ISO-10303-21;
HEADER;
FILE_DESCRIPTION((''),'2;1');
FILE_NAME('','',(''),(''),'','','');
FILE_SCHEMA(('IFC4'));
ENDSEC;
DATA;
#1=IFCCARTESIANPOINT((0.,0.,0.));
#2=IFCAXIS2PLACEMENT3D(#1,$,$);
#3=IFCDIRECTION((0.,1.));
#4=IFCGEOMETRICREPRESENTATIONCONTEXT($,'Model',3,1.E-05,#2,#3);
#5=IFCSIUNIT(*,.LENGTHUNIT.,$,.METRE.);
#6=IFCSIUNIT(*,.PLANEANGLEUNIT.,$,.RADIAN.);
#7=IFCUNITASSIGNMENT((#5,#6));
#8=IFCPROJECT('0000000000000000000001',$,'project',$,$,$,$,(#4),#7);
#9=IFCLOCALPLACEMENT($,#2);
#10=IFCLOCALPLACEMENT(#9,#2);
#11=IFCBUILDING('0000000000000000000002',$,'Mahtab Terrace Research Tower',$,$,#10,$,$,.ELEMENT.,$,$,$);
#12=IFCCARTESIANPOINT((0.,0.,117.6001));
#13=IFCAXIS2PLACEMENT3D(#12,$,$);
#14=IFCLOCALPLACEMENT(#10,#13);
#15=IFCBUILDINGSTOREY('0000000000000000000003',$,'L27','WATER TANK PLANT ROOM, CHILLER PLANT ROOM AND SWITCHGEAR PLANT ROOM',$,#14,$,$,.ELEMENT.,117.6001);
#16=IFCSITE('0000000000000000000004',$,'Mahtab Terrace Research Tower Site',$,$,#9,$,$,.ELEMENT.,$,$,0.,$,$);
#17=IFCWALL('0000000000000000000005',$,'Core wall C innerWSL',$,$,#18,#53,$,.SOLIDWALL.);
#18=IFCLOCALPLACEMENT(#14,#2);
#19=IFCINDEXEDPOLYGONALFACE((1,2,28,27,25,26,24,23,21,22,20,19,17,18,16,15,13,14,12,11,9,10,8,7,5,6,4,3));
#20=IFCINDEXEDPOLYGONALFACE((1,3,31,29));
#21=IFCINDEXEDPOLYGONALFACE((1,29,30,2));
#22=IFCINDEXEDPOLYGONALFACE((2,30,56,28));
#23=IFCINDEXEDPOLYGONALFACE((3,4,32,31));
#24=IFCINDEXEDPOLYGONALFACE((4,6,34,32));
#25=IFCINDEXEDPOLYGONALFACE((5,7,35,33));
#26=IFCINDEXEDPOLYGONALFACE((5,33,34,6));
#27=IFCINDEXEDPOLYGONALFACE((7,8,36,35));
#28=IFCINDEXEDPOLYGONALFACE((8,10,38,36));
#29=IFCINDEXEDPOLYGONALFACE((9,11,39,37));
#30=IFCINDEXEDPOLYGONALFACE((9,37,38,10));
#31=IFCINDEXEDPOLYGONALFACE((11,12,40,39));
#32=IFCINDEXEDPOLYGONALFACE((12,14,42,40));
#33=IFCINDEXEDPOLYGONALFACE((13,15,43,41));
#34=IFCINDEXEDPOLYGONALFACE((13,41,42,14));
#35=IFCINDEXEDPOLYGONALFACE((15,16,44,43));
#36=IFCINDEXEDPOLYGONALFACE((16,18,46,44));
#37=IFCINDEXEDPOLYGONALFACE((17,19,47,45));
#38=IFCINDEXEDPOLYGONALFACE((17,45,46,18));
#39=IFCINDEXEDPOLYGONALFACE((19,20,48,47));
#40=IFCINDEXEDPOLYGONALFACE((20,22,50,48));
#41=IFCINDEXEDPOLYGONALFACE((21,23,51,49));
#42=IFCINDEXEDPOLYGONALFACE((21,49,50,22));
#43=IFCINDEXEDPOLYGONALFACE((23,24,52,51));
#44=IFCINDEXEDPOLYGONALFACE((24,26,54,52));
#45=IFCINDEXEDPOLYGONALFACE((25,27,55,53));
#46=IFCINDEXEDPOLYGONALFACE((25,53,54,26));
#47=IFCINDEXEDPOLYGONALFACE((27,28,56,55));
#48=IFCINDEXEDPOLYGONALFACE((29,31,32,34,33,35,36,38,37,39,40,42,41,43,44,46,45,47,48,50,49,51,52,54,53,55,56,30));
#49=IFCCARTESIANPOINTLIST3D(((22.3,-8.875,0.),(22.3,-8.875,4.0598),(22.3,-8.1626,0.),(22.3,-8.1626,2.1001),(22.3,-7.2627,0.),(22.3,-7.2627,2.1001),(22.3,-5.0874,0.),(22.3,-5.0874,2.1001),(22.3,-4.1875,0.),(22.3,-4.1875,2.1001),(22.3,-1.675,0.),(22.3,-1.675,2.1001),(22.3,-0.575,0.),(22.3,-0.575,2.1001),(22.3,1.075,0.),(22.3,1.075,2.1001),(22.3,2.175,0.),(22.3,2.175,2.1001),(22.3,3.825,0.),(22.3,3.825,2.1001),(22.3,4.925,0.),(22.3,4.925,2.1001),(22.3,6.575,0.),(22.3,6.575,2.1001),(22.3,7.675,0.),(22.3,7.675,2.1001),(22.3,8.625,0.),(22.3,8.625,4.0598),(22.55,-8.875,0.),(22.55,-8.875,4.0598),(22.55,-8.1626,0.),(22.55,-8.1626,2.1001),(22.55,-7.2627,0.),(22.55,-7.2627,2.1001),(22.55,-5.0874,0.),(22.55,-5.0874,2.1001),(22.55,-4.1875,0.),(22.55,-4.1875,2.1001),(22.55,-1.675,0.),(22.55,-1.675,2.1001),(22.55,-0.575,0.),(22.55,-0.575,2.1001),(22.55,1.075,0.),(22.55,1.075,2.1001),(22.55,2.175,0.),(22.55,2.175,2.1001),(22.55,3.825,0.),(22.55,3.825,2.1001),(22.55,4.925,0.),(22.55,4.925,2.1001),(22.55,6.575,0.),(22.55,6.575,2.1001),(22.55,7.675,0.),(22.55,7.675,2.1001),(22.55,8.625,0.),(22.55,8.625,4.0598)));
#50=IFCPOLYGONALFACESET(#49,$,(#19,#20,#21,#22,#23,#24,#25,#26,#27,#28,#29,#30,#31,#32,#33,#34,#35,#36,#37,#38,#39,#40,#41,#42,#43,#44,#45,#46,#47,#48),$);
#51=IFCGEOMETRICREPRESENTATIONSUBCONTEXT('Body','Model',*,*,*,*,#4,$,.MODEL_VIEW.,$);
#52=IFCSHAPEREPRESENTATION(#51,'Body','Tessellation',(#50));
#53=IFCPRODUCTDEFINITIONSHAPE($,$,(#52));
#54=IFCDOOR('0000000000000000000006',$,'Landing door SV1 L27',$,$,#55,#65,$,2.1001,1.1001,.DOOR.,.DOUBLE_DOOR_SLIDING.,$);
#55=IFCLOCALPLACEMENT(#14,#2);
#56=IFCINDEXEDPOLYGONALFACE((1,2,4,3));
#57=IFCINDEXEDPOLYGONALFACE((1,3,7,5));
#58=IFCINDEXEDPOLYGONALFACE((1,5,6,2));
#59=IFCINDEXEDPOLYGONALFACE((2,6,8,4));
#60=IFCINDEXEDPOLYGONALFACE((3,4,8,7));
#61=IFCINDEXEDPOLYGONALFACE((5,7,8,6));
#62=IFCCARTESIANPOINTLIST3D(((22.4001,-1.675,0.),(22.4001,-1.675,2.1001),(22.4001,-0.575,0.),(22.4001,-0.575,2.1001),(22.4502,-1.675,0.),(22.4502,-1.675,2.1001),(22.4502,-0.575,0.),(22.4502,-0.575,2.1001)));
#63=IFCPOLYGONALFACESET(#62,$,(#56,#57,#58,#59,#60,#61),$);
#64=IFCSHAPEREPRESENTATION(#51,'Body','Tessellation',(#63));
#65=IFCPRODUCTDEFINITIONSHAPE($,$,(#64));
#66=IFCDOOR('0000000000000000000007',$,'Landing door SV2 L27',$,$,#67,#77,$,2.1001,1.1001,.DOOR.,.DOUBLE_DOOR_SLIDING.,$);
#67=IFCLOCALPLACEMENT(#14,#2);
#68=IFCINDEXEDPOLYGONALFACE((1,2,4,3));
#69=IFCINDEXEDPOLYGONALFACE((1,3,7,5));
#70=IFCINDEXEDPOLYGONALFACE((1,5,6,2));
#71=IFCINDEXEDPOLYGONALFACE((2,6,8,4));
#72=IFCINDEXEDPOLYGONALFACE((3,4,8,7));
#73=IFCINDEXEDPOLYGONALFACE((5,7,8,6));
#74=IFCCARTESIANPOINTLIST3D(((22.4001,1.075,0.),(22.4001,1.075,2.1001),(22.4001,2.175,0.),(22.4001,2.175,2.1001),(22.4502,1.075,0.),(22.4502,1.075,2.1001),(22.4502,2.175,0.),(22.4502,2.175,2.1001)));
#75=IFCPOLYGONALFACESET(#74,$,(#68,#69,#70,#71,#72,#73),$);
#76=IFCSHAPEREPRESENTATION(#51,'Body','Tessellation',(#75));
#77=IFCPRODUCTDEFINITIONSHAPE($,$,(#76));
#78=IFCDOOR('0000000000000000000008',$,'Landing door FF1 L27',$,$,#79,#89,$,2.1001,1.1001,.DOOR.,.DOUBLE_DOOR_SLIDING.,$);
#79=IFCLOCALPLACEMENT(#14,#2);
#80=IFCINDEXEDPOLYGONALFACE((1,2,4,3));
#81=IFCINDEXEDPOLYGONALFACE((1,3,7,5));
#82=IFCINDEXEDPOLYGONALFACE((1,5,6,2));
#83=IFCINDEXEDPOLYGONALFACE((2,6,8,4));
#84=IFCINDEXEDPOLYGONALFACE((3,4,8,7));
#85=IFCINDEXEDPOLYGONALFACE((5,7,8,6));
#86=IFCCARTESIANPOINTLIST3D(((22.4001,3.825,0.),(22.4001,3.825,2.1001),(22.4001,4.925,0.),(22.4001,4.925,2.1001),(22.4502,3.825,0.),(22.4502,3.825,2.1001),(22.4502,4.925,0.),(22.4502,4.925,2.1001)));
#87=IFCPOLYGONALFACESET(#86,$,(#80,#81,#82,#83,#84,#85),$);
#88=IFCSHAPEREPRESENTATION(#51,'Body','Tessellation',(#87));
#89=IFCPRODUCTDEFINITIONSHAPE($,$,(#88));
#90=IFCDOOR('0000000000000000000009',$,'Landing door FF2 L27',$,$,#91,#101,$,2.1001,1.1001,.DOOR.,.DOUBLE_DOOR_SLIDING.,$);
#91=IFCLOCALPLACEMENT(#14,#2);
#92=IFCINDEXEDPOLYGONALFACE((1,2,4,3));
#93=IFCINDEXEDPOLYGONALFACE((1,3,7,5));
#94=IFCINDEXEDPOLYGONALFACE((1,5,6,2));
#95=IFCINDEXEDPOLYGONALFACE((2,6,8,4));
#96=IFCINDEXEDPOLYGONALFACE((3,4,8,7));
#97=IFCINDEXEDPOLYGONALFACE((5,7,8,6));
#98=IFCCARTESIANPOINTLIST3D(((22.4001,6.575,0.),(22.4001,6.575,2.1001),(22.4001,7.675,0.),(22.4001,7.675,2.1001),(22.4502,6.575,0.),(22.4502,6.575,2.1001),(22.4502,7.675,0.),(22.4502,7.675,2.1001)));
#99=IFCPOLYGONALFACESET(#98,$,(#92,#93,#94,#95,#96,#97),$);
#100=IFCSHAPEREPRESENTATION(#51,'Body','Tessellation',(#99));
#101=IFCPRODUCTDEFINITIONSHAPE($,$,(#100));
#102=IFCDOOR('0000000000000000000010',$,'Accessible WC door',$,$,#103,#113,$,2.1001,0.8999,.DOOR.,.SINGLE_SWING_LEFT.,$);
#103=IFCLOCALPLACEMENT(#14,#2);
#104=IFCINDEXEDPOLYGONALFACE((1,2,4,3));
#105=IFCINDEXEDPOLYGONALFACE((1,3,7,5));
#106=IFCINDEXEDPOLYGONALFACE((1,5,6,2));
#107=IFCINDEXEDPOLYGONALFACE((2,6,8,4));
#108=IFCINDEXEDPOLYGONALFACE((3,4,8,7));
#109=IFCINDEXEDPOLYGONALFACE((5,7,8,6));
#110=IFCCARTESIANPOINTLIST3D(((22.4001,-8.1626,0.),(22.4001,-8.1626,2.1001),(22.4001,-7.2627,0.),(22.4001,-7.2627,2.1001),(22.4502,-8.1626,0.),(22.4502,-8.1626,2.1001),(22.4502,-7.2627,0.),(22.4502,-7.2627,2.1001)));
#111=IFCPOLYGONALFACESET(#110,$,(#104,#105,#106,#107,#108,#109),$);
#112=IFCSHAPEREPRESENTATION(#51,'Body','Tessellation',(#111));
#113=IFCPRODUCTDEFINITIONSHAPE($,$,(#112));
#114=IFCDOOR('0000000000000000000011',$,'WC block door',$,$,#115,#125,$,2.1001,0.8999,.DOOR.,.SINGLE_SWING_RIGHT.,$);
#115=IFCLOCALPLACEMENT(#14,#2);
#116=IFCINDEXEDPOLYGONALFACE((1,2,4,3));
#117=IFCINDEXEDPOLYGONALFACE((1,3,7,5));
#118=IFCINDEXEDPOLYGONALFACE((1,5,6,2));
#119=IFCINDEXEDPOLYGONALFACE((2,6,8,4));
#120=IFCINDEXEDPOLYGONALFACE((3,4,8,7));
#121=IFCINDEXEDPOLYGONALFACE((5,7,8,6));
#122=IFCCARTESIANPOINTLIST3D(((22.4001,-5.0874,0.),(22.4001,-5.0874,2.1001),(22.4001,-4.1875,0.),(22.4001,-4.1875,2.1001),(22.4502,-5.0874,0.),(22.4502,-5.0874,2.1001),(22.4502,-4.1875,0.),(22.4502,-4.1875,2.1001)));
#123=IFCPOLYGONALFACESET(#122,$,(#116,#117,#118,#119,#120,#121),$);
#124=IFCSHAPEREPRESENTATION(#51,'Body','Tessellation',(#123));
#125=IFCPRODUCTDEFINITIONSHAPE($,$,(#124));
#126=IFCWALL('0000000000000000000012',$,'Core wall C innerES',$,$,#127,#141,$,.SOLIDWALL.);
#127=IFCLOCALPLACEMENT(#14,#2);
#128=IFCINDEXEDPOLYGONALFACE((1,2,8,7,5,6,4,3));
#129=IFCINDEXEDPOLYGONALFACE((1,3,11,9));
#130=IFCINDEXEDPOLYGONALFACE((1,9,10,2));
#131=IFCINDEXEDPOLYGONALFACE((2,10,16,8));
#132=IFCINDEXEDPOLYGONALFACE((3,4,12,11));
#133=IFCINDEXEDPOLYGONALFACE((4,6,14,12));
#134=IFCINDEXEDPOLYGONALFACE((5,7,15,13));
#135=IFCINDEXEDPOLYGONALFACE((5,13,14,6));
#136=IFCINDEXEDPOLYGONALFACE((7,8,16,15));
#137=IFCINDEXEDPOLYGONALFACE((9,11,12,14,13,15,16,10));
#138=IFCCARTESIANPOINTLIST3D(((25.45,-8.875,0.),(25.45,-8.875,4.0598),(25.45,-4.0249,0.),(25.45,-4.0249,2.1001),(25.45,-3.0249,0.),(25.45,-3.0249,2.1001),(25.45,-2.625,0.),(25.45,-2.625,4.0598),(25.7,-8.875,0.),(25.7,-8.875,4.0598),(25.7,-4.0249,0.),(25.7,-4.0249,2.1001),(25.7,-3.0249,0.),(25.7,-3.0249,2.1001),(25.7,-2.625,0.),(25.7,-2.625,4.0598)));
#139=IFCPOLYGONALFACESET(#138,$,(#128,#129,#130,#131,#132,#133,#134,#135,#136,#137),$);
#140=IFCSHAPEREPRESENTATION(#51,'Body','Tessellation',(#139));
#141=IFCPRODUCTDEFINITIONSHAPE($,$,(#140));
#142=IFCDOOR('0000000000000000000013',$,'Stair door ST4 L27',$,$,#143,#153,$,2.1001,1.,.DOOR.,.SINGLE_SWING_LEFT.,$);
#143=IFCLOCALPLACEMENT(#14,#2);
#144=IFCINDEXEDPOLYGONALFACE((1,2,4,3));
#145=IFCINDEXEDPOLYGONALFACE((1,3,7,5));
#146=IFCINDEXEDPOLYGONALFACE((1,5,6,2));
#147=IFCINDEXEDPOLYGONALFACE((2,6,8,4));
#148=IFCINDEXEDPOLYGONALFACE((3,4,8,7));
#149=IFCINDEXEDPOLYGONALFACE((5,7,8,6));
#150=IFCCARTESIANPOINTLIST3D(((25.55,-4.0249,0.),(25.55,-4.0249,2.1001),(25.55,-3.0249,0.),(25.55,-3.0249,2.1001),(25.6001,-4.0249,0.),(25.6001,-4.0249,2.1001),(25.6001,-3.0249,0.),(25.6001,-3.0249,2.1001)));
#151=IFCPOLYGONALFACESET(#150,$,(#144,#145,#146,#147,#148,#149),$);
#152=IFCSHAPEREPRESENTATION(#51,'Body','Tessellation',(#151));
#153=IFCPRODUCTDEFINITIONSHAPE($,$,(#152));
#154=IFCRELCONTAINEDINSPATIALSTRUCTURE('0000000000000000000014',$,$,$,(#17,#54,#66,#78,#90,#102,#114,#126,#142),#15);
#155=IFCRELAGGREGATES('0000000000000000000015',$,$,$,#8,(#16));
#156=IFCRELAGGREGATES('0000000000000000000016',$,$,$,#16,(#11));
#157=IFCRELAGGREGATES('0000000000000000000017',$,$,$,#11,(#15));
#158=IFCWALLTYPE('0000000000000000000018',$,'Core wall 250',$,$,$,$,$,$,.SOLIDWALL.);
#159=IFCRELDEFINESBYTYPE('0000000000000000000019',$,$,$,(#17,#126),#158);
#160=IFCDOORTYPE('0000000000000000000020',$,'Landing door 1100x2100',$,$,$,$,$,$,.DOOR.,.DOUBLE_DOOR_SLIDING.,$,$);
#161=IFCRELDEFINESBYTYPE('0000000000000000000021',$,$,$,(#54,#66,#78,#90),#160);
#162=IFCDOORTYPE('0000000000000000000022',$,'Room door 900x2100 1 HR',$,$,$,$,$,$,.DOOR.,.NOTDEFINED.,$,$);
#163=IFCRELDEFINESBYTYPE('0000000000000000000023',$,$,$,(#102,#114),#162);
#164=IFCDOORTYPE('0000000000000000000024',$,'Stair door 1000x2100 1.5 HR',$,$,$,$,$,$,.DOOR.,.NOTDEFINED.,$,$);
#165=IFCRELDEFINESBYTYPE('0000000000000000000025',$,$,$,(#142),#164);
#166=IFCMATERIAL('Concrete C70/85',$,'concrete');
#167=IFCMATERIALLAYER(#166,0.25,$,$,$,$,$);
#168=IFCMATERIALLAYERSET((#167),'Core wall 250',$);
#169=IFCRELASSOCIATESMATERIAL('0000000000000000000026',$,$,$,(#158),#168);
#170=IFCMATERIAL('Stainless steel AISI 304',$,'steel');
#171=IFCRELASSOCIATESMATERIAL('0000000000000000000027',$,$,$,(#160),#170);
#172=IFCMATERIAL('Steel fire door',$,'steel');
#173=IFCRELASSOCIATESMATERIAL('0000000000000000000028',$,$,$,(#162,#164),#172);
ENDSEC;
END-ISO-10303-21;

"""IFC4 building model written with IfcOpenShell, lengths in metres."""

from ifc_helpers import new_model, si_unit, direction, frame, frame_2d, origin, place, context, subcontext, project, spatial, rectangle, extrude, material, layer, layer_set, type_object, element, fill, save


model = new_model("IFC4")

# Units and contexts
model_context = context("Model", 3, precision=1e-05, world=origin(), true_north=direction((0.0, 1.0)))
body_context = subcontext(model_context, "Body", "Model", "MODEL_VIEW")
ifc_project = project(units=[si_unit("LENGTHUNIT", "METRE"), si_unit("PLANEANGLEUNIT", "RADIAN")], contexts=[model_context])

# Site, building, storey
site_placement = place(None, origin())
site = spatial("IfcSite", under=ifc_project, at=site_placement, Name="Mahtab Terrace Research Tower Site", CompositionType="ELEMENT", RefElevation=0.0)
building_placement = place(site_placement, origin())
building = spatial("IfcBuilding", under=site, at=building_placement, Name="Mahtab Terrace Research Tower", CompositionType="ELEMENT")
storey_placement = place(building_placement, frame((0.0, 0.0, 117.6001)))
storey = spatial("IfcBuildingStorey", under=building, at=storey_placement, Name="L27", Description="WATER TANK PLANT ROOM, CHILLER PLANT ROOM AND SWITCHGEAR PLANT ROOM", CompositionType="ELEMENT", Elevation=117.6001)

# Shared definitions
ifc_material_1 = material(Name="Concrete C70/85", Category="concrete")

# Wall, openings, doors
ifc_layer_1 = layer(ifc_material_1, 0.25)
ifc_layer_set_1 = layer_set([ifc_layer_1], Name="Core wall 250")
wall_type_1 = type_object("IfcWallType", Name="Core wall 250", PredefinedType="SOLIDWALL", material=ifc_layer_set_1)
wall_1_placement = place(storey_placement, frame((22.425, -8.875, 0.0), z_axis=(0.0, 0.0, 1.0), x_axis=(0.0, 1.0, 0.0)))
wall_1 = element("IfcWall", 1, at=wall_1_placement, inside=storey, type_object=wall_type_1, Name="Core wall C innerWSL", PredefinedType="SOLIDWALL", context=body_context, shape_type="SweptSolid", body=[
    extrude(rectangle(XDim=17.5, YDim=0.25, at=frame_2d((8.75, 0.0))), origin(), (0.0, 0.0, 1.0), 4.0598),
])
opening_1_placement = place(wall_1_placement, frame((7.2, 0.0, 0.0)))
opening_1 = element("IfcOpeningElement", 2, at=opening_1_placement, cuts=wall_1, PredefinedType="OPENING", context=body_context, shape_type="SweptSolid", body=[
    extrude(rectangle(XDim=1.1001, YDim=2.1001, at=frame_2d((0.55, 1.05))), frame((0.0, 0.135, 0.0), z_axis=(0.0, -1.0, 0.0), x_axis=(1.0, 0.0, 0.0)), (0.0, 0.0, 1.0), 0.27),
])
opening_2_placement = place(wall_1_placement, frame((9.95, 0.0, 0.0)))
opening_2 = element("IfcOpeningElement", 3, at=opening_2_placement, cuts=wall_1, PredefinedType="OPENING", context=body_context, shape_type="SweptSolid", body=[
    extrude(rectangle(XDim=1.1001, YDim=2.1001, at=frame_2d((0.55, 1.05))), frame((0.0, 0.135, 0.0), z_axis=(0.0, -1.0, 0.0), x_axis=(1.0, 0.0, 0.0)), (0.0, 0.0, 1.0), 0.27),
])
opening_3_placement = place(wall_1_placement, frame((12.7, 0.0, 0.0)))
opening_3 = element("IfcOpeningElement", 4, at=opening_3_placement, cuts=wall_1, PredefinedType="OPENING", context=body_context, shape_type="SweptSolid", body=[
    extrude(rectangle(XDim=1.1001, YDim=2.1001, at=frame_2d((0.55, 1.05))), frame((0.0, 0.135, 0.0), z_axis=(0.0, -1.0, 0.0), x_axis=(1.0, 0.0, 0.0)), (0.0, 0.0, 1.0), 0.27),
])
opening_4_placement = place(wall_1_placement, frame((15.45, 0.0, 0.0)))
opening_4 = element("IfcOpeningElement", 5, at=opening_4_placement, cuts=wall_1, PredefinedType="OPENING", context=body_context, shape_type="SweptSolid", body=[
    extrude(rectangle(XDim=1.1001, YDim=2.1001, at=frame_2d((0.55, 1.05))), frame((0.0, 0.135, 0.0), z_axis=(0.0, -1.0, 0.0), x_axis=(1.0, 0.0, 0.0)), (0.0, 0.0, 1.0), 0.27),
])
opening_5_placement = place(wall_1_placement, frame((0.7124, 0.0, 0.0)))
opening_5 = element("IfcOpeningElement", 6, at=opening_5_placement, cuts=wall_1, PredefinedType="OPENING", context=body_context, shape_type="SweptSolid", body=[
    extrude(rectangle(XDim=0.8999, YDim=2.1001, at=frame_2d((0.45, 1.05))), frame((0.0, 0.135, 0.0), z_axis=(0.0, -1.0, 0.0), x_axis=(1.0, 0.0, 0.0)), (0.0, 0.0, 1.0), 0.27),
])
opening_6_placement = place(wall_1_placement, frame((3.7876, 0.0, 0.0)))
opening_6 = element("IfcOpeningElement", 7, at=opening_6_placement, cuts=wall_1, PredefinedType="OPENING", context=body_context, shape_type="SweptSolid", body=[
    extrude(rectangle(XDim=0.8999, YDim=2.1001, at=frame_2d((0.45, 1.05))), frame((0.0, 0.135, 0.0), z_axis=(0.0, -1.0, 0.0), x_axis=(1.0, 0.0, 0.0)), (0.0, 0.0, 1.0), 0.27),
])
ifc_material_2 = material(Name="Stainless steel AISI 304", Category="steel")
door_type_1 = type_object("IfcDoorType", Name="Landing door 1100x2100", OperationType="DOUBLE_DOOR_SLIDING", PredefinedType="DOOR", material=ifc_material_2)
door_1_placement = place(opening_1_placement, origin())
door_1 = element("IfcDoor", 8, at=door_1_placement, inside=storey, type_object=door_type_1, Name="Landing door SV1 L27", OperationType="DOUBLE_DOOR_SLIDING", OverallHeight=2.1001, OverallWidth=1.1001, PredefinedType="DOOR", context=body_context, shape_type="SweptSolid", body=[
    extrude(rectangle(XDim=1.1001, YDim=2.1001, at=frame_2d((0.55, 1.05))), frame((0.0, 0.0249, 0.0), z_axis=(0.0, -1.0, 0.0), x_axis=(1.0, 0.0, 0.0)), (0.0, 0.0, 1.0), 0.05),
])
fill(opening_1, door_1)
door_2_placement = place(opening_2_placement, origin())
door_2 = element("IfcDoor", 9, at=door_2_placement, inside=storey, type_object=door_type_1, Name="Landing door SV2 L27", OperationType="DOUBLE_DOOR_SLIDING", OverallHeight=2.1001, OverallWidth=1.1001, PredefinedType="DOOR", context=body_context, shape_type="SweptSolid", body=[
    extrude(rectangle(XDim=1.1001, YDim=2.1001, at=frame_2d((0.55, 1.05))), frame((0.0, 0.0249, 0.0), z_axis=(0.0, -1.0, 0.0), x_axis=(1.0, 0.0, 0.0)), (0.0, 0.0, 1.0), 0.05),
])
fill(opening_2, door_2)
door_3_placement = place(opening_3_placement, origin())
door_3 = element("IfcDoor", 10, at=door_3_placement, inside=storey, type_object=door_type_1, Name="Landing door FF1 L27", OperationType="DOUBLE_DOOR_SLIDING", OverallHeight=2.1001, OverallWidth=1.1001, PredefinedType="DOOR", context=body_context, shape_type="SweptSolid", body=[
    extrude(rectangle(XDim=1.1001, YDim=2.1001, at=frame_2d((0.55, 1.05))), frame((0.0, 0.0249, 0.0), z_axis=(0.0, -1.0, 0.0), x_axis=(1.0, 0.0, 0.0)), (0.0, 0.0, 1.0), 0.05),
])
fill(opening_3, door_3)
door_4_placement = place(opening_4_placement, origin())
door_4 = element("IfcDoor", 11, at=door_4_placement, inside=storey, type_object=door_type_1, Name="Landing door FF2 L27", OperationType="DOUBLE_DOOR_SLIDING", OverallHeight=2.1001, OverallWidth=1.1001, PredefinedType="DOOR", context=body_context, shape_type="SweptSolid", body=[
    extrude(rectangle(XDim=1.1001, YDim=2.1001, at=frame_2d((0.55, 1.05))), frame((0.0, 0.0249, 0.0), z_axis=(0.0, -1.0, 0.0), x_axis=(1.0, 0.0, 0.0)), (0.0, 0.0, 1.0), 0.05),
])
fill(opening_4, door_4)
ifc_material_3 = material(Name="Steel fire door", Category="steel")
door_type_2 = type_object("IfcDoorType", Name="Room door 900x2100 1 HR", OperationType="NOTDEFINED", PredefinedType="DOOR", material=ifc_material_3)
door_5_placement = place(opening_5_placement, origin())
door_5 = element("IfcDoor", 12, at=door_5_placement, inside=storey, type_object=door_type_2, Name="Accessible WC door", OperationType="SINGLE_SWING_LEFT", OverallHeight=2.1001, OverallWidth=0.8999, PredefinedType="DOOR", context=body_context, shape_type="SweptSolid", body=[
    extrude(rectangle(XDim=0.8999, YDim=2.1001, at=frame_2d((0.45, 1.05))), frame((0.0, 0.0249, 0.0), z_axis=(0.0, -1.0, 0.0), x_axis=(1.0, 0.0, 0.0)), (0.0, 0.0, 1.0), 0.05),
])
fill(opening_5, door_5)
door_6_placement = place(opening_6_placement, origin())
door_6 = element("IfcDoor", 13, at=door_6_placement, inside=storey, type_object=door_type_2, Name="WC block door", OperationType="SINGLE_SWING_RIGHT", OverallHeight=2.1001, OverallWidth=0.8999, PredefinedType="DOOR", context=body_context, shape_type="SweptSolid", body=[
    extrude(rectangle(XDim=0.8999, YDim=2.1001, at=frame_2d((0.45, 1.05))), frame((0.0, 0.0249, 0.0), z_axis=(0.0, -1.0, 0.0), x_axis=(1.0, 0.0, 0.0)), (0.0, 0.0, 1.0), 0.05),
])
fill(opening_6, door_6)

# Wall, opening, door
wall_2_placement = place(storey_placement, frame((25.575, -8.875, 0.0), z_axis=(0.0, 0.0, 1.0), x_axis=(0.0, 1.0, 0.0)))
wall_2 = element("IfcWall", 14, at=wall_2_placement, inside=storey, type_object=wall_type_1, Name="Core wall C innerES", PredefinedType="SOLIDWALL", context=body_context, shape_type="SweptSolid", body=[
    extrude(rectangle(XDim=6.25, YDim=0.25, at=frame_2d((3.125, 0.0))), origin(), (0.0, 0.0, 1.0), 4.0598),
])
opening_7_placement = place(wall_2_placement, frame((4.8501, 0.0, 0.0)))
opening_7 = element("IfcOpeningElement", 15, at=opening_7_placement, cuts=wall_2, PredefinedType="OPENING", context=body_context, shape_type="SweptSolid", body=[
    extrude(rectangle(XDim=1.0, YDim=2.1001, at=frame_2d((0.5, 1.05))), frame((0.0, 0.135, 0.0), z_axis=(0.0, -1.0, 0.0), x_axis=(1.0, 0.0, 0.0)), (0.0, 0.0, 1.0), 0.27),
])
door_type_3 = type_object("IfcDoorType", Name="Stair door 1000x2100 1.5 HR", OperationType="NOTDEFINED", PredefinedType="DOOR", material=ifc_material_3)
door_7_placement = place(opening_7_placement, origin())
door_7 = element("IfcDoor", 16, at=door_7_placement, inside=storey, type_object=door_type_3, Name="Stair door ST4 L27", OperationType="SINGLE_SWING_LEFT", OverallHeight=2.1001, OverallWidth=1.0, PredefinedType="DOOR", context=body_context, shape_type="SweptSolid", body=[
    extrude(rectangle(XDim=1.0, YDim=2.1001, at=frame_2d((0.5, 1.05))), frame((0.0, 0.0249, 0.0), z_axis=(0.0, -1.0, 0.0), x_axis=(1.0, 0.0, 0.0)), (0.0, 0.0, 1.0), 0.05),
])
fill(opening_7, door_7)

save(model, "model.ifc")
